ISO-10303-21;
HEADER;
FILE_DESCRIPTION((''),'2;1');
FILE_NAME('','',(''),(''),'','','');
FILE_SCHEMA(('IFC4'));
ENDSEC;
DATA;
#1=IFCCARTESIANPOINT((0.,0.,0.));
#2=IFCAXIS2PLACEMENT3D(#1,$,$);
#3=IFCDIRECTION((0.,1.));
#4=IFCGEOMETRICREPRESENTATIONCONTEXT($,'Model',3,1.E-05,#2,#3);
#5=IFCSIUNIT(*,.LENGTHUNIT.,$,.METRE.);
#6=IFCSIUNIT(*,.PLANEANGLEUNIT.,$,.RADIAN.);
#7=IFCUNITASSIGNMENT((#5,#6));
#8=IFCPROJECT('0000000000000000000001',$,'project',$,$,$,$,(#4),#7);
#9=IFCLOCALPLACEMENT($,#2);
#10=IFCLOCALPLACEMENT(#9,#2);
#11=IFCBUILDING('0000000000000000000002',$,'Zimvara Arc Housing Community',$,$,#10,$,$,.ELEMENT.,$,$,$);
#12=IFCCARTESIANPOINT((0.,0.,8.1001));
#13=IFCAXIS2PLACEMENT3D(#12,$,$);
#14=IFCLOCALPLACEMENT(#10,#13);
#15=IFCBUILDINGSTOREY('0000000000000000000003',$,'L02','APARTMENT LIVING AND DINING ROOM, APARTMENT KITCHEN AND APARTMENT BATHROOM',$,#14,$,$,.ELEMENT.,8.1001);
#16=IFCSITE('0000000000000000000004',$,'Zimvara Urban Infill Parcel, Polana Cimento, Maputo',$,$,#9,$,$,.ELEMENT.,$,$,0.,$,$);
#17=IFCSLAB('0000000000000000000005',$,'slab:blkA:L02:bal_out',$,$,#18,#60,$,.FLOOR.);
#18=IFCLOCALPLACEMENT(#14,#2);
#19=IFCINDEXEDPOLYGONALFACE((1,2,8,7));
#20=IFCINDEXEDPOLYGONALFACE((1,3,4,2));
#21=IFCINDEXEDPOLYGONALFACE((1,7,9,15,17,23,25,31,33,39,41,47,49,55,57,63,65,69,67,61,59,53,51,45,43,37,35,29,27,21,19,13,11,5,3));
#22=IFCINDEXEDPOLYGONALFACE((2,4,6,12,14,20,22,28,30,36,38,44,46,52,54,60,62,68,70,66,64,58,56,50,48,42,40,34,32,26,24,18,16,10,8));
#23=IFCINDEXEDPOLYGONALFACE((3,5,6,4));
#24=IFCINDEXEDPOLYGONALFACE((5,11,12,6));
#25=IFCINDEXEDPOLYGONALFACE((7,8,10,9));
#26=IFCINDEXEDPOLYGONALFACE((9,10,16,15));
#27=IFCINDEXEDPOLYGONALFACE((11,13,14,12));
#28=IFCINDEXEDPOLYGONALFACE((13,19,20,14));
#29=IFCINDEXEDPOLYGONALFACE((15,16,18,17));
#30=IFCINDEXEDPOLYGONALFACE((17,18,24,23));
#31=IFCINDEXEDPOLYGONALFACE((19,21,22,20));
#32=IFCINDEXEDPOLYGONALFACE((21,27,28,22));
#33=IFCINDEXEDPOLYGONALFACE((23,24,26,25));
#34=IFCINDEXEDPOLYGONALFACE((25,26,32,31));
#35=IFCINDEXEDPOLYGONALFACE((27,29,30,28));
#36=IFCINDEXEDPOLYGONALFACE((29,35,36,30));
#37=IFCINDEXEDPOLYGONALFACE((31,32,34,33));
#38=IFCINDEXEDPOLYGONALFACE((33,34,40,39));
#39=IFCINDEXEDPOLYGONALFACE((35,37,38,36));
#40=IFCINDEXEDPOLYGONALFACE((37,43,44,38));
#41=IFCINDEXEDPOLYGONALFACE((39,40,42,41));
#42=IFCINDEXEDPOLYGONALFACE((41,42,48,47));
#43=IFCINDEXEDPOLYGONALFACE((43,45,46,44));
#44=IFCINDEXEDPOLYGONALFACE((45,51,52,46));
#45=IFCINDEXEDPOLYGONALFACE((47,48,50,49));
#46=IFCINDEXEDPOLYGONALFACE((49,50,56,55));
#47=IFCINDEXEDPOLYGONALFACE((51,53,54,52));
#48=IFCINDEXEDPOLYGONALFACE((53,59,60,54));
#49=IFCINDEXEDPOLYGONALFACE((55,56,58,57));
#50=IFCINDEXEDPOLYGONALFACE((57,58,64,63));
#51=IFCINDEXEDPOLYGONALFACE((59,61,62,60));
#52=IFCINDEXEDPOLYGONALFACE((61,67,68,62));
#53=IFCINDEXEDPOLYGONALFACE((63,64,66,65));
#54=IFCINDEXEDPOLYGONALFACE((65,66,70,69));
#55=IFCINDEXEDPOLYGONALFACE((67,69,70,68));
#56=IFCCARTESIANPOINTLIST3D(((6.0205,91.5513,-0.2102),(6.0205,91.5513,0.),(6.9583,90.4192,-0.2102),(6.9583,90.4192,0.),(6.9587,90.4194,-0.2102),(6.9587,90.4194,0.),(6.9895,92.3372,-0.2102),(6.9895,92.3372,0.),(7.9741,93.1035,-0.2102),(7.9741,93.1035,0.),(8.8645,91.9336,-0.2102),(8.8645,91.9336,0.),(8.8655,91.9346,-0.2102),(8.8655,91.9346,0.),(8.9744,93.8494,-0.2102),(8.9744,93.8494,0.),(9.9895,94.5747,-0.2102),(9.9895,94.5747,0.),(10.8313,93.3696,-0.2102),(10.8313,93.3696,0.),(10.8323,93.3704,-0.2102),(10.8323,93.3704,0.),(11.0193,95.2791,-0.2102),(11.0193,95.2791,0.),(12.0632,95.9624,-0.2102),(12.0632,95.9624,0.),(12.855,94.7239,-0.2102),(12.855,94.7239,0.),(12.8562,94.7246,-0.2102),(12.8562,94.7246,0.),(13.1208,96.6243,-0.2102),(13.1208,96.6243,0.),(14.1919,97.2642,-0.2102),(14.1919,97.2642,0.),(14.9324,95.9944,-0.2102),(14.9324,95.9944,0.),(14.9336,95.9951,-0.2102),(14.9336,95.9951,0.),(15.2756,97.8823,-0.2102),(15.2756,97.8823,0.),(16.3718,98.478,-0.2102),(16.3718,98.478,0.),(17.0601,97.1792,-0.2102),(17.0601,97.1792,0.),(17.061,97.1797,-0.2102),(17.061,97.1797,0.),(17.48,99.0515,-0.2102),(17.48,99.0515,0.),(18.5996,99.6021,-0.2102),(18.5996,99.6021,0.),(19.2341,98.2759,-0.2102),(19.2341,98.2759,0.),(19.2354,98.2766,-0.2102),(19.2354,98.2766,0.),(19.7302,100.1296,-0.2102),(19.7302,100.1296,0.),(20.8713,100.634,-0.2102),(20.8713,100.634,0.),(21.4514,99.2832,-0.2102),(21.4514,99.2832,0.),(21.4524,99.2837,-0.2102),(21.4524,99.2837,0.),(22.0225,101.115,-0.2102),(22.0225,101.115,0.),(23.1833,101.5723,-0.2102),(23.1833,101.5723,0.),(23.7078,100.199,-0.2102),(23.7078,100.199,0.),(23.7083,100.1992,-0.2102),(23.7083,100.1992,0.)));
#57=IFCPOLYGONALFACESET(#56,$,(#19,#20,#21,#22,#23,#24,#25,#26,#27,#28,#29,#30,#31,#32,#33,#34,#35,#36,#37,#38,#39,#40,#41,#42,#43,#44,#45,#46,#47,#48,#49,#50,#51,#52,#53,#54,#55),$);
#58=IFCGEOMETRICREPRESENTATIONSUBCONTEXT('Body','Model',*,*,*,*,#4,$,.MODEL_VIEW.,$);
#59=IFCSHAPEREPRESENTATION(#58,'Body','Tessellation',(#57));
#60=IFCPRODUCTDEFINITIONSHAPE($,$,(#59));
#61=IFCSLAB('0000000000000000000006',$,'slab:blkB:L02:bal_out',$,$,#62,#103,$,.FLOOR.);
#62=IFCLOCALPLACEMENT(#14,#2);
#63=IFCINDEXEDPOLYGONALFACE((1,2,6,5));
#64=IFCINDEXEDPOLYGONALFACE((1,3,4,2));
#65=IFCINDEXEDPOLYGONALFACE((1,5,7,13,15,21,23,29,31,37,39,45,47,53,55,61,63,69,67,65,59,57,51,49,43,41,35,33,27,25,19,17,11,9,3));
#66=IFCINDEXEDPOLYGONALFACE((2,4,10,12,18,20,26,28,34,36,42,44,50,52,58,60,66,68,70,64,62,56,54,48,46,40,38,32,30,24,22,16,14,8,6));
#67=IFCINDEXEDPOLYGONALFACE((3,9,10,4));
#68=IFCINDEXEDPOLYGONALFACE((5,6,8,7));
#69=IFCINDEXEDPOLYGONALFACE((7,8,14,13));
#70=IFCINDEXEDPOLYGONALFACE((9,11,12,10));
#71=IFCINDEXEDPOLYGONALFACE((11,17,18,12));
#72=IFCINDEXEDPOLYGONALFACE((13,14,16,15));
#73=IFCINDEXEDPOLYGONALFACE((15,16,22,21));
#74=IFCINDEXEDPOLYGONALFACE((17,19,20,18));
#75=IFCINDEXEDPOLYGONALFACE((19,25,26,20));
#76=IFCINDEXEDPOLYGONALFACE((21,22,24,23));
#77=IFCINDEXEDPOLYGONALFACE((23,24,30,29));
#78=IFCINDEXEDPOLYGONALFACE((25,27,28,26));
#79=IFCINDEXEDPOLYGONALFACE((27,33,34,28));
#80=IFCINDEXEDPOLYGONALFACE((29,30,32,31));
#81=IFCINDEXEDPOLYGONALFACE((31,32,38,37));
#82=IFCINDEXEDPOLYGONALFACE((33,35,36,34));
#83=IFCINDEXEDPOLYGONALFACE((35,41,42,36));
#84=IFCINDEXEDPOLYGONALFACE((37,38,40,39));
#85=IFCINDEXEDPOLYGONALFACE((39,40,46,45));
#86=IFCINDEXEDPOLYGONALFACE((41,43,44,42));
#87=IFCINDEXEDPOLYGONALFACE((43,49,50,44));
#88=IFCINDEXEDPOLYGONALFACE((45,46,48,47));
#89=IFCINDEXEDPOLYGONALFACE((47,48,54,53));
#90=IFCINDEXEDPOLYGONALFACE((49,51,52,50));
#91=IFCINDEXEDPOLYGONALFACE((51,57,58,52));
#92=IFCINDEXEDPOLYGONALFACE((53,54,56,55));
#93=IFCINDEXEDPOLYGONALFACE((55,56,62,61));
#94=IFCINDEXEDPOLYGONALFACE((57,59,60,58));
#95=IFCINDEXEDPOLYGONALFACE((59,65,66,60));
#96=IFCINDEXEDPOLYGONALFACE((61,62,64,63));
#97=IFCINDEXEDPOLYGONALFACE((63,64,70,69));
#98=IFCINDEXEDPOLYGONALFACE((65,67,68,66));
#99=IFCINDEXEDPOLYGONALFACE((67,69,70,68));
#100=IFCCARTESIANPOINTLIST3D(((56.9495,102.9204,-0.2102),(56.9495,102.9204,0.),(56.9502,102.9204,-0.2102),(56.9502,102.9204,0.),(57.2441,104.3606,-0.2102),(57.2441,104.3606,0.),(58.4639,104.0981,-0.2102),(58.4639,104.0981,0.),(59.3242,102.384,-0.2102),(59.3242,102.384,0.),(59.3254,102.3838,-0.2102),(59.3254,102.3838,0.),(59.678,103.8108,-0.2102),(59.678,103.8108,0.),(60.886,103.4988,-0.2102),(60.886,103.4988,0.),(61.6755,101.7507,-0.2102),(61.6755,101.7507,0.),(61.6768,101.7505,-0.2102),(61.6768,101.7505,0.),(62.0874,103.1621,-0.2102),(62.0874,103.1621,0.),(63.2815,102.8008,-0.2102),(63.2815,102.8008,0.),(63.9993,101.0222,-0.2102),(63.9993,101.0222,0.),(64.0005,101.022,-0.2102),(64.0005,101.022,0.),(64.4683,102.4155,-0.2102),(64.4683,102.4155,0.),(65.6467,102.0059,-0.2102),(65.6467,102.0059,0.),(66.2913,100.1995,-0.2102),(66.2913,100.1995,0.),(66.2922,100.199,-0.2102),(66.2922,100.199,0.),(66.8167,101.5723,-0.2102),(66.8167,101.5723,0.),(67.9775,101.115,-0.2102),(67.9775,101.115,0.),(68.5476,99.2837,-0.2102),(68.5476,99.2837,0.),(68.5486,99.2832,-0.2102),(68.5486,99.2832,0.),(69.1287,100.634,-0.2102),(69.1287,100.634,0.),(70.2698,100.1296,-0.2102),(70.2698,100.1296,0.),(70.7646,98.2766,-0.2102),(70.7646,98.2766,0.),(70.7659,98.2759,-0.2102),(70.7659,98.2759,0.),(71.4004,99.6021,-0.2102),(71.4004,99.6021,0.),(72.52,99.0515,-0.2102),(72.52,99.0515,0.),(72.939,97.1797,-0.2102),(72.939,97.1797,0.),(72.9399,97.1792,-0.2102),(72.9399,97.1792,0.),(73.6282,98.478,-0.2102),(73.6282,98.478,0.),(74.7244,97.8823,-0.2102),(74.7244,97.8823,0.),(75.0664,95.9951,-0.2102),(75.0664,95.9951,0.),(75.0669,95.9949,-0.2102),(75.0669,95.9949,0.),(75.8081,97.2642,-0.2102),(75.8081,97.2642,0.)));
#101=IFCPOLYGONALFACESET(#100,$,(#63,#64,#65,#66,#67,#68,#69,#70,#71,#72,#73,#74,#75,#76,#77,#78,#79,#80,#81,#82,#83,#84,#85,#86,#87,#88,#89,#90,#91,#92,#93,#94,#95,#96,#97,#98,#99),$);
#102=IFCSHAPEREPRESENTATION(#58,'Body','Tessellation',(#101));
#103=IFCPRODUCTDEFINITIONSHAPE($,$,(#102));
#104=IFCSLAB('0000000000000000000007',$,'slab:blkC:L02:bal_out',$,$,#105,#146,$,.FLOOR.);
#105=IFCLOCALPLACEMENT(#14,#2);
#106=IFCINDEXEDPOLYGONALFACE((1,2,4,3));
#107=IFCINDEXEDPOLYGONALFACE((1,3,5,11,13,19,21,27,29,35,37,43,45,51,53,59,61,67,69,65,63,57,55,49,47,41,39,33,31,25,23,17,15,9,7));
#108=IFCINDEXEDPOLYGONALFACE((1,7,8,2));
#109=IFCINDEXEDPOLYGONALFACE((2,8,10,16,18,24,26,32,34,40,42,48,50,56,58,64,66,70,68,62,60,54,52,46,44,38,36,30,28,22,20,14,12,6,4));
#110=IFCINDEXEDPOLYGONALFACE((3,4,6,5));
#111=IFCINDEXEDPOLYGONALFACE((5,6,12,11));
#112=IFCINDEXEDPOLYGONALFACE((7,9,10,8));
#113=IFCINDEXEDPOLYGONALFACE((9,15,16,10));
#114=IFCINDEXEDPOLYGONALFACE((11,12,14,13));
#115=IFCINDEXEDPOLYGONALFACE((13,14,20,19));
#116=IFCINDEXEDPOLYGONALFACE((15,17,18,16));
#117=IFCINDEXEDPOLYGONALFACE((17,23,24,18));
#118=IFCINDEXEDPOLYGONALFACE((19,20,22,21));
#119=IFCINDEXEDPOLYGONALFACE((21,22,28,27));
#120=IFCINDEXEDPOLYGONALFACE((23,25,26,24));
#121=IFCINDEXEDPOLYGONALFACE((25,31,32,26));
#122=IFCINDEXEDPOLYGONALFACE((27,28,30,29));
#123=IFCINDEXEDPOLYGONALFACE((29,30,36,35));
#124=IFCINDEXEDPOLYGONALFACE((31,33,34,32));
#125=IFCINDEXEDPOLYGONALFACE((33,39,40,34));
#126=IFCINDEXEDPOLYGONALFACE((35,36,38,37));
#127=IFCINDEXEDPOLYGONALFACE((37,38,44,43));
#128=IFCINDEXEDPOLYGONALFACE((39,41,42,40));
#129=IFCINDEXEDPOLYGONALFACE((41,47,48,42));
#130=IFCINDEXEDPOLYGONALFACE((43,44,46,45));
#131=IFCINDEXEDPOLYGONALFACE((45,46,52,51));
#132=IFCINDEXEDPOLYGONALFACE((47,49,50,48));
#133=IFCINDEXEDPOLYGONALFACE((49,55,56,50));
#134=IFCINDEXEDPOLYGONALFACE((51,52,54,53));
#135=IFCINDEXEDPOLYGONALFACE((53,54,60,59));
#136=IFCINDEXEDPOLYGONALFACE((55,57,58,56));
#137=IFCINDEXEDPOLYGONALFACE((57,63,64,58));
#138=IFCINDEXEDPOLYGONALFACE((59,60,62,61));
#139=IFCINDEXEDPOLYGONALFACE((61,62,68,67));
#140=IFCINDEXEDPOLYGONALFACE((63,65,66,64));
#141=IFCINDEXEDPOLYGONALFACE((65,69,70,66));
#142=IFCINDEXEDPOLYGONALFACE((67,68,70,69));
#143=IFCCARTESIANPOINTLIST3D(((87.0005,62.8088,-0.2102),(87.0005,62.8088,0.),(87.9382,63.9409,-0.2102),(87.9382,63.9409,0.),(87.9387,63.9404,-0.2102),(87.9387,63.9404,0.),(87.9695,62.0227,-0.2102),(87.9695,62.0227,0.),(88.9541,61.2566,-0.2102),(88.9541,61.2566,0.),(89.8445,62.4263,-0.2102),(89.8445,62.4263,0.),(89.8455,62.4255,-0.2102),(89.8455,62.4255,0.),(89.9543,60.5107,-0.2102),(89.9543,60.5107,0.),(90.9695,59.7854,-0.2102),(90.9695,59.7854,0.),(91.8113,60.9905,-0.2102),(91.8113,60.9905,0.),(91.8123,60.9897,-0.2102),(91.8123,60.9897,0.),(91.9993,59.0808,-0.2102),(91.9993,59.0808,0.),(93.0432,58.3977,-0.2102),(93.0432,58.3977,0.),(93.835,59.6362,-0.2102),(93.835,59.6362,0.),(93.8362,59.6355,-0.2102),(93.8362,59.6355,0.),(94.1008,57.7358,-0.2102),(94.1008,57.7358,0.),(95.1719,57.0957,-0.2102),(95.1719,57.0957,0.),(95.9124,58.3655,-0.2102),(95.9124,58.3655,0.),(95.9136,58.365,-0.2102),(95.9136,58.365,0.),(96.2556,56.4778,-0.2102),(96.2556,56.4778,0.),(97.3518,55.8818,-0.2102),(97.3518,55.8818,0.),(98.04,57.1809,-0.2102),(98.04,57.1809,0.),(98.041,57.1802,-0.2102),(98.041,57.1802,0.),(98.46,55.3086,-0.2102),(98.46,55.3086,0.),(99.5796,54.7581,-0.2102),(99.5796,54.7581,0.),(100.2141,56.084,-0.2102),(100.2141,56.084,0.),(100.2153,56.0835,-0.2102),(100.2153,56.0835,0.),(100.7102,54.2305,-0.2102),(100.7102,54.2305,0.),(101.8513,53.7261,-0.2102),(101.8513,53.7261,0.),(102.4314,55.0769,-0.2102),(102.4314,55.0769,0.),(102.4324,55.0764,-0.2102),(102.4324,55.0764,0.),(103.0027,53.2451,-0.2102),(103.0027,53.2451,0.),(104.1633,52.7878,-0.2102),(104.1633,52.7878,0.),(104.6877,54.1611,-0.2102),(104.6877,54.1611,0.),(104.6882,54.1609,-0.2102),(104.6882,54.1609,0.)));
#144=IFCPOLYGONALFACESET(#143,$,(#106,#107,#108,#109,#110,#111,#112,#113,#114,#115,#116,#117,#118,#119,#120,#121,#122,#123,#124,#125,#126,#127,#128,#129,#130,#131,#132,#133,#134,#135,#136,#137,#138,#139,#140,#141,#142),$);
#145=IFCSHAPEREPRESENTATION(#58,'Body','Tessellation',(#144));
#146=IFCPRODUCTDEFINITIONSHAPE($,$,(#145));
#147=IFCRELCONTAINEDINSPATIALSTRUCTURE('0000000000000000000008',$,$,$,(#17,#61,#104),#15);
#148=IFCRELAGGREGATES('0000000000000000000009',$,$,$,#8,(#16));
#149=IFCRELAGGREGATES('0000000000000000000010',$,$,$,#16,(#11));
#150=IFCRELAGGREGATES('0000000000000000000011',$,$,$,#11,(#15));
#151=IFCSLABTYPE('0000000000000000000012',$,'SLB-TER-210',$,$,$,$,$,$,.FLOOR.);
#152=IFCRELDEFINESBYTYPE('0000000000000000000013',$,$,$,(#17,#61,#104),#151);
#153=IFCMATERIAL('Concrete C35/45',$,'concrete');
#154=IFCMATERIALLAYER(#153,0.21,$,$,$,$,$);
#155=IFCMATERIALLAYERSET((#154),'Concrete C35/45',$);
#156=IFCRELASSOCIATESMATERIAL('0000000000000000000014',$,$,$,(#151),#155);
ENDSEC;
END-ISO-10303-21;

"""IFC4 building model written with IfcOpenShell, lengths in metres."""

from ifc_helpers import new_model, si_unit, direction, frame, origin, place, context, subcontext, project, spatial, polyline, outline, extrude, material, layer, layer_set, type_object, element, save


model = new_model("IFC4")

# Units and contexts
model_context = context("Model", 3, precision=1e-05, world=origin(), true_north=direction((0.0, 1.0)))
body_context = subcontext(model_context, "Body", "Model", "MODEL_VIEW")
ifc_project = project(units=[si_unit("LENGTHUNIT", "METRE"), si_unit("PLANEANGLEUNIT", "RADIAN")], contexts=[model_context])

# Site, building, storey
site_placement = place(None, origin())
site = spatial("IfcSite", under=ifc_project, at=site_placement, Name="Zimvara Urban Infill Parcel, Polana Cimento, Maputo", CompositionType="ELEMENT", RefElevation=0.0)
building_placement = place(site_placement, origin())
building = spatial("IfcBuilding", under=site, at=building_placement, Name="Zimvara Arc Housing Community", CompositionType="ELEMENT")
storey_placement = place(building_placement, frame((0.0, 0.0, 8.1001)))
storey = spatial("IfcBuildingStorey", under=building, at=storey_placement, Name="L02", Description="APARTMENT LIVING AND DINING ROOM, APARTMENT KITCHEN AND APARTMENT BATHROOM", CompositionType="ELEMENT", Elevation=8.1001)

# Slabs
ifc_material_1 = material(Name="Concrete C35/45", Category="concrete")
ifc_layer_1 = layer(ifc_material_1, 0.21)
ifc_layer_set_1 = layer_set([ifc_layer_1], Name="Concrete C35/45")
slab_type_1 = type_object("IfcSlabType", Name="SLB-TER-210", PredefinedType="FLOOR", material=ifc_layer_set_1)
slab_1_placement = place(storey_placement, frame((0.0, 0.0, -0.2102)))
element("IfcSlab", 1, at=slab_1_placement, inside=storey, type_object=slab_type_1, Name="slab:blkA:L02:bal_out", PredefinedType="FLOOR", context=body_context, shape_type="SweptSolid", body=[
    extrude(outline(polyline([(6.0205, 91.5513), (6.9583, 90.4192), (6.9587, 90.4194), (8.8645, 91.9336), (8.8655, 91.9346), (10.8313, 93.3696), (10.8323, 93.3704), (12.855, 94.7239), (12.8562, 94.7246), (14.9324, 95.9944), (14.9336, 95.9951), (17.0601, 97.1792), (17.061, 97.1797), (19.2341, 98.2759), (19.2354, 98.2766), (21.4514, 99.2832), (21.4524, 99.2837), (23.7078, 100.199), (23.7083, 100.1992), (23.1833, 101.5723), (22.0225, 101.115), (20.8713, 100.634), (19.7302, 100.1296), (18.5996, 99.6021), (17.48, 99.0515), (16.3718, 98.478), (15.2756, 97.8823), (14.1919, 97.2642), (13.1208, 96.6243), (12.0632, 95.9624), (11.0193, 95.2791), (9.9895, 94.5747), (8.9744, 93.8494), (7.9741, 93.1035), (6.9895, 92.3372), (6.0205, 91.5513)])), origin(), (0.0, 0.0, 1.0), 0.2102),
])
slab_2_placement = place(storey_placement, frame((0.0, 0.0, -0.2102)))
element("IfcSlab", 2, at=slab_2_placement, inside=storey, type_object=slab_type_1, Name="slab:blkB:L02:bal_out", PredefinedType="FLOOR", context=body_context, shape_type="SweptSolid", body=[
    extrude(outline(polyline([(57.2441, 104.3606), (56.9495, 102.9204), (56.9502, 102.9204), (59.3242, 102.384), (59.3254, 102.3838), (61.6755, 101.7507), (61.6768, 101.7505), (63.9993, 101.0222), (64.0005, 101.022), (66.2913, 100.1995), (66.2922, 100.199), (68.5476, 99.2837), (68.5486, 99.2832), (70.7646, 98.2766), (70.7659, 98.2759), (72.939, 97.1797), (72.9399, 97.1792), (75.0664, 95.9951), (75.0669, 95.9949), (75.8081, 97.2642), (74.7244, 97.8823), (73.6282, 98.478), (72.52, 99.0515), (71.4004, 99.6021), (70.2698, 100.1296), (69.1287, 100.634), (67.9775, 101.115), (66.8167, 101.5723), (65.6467, 102.0059), (64.4683, 102.4155), (63.2815, 102.8008), (62.0874, 103.1621), (60.886, 103.4988), (59.678, 103.8108), (58.4639, 104.0981), (57.2441, 104.3606)])), origin(), (0.0, 0.0, 1.0), 0.2102),
])
slab_3_placement = place(storey_placement, frame((0.0, 0.0, -0.2102)))
element("IfcSlab", 3, at=slab_3_placement, inside=storey, type_object=slab_type_1, Name="slab:blkC:L02:bal_out", PredefinedType="FLOOR", context=body_context, shape_type="SweptSolid", body=[
    extrude(outline(polyline([(104.6882, 54.1609), (104.6877, 54.1611), (102.4324, 55.0764), (102.4314, 55.0769), (100.2153, 56.0835), (100.2141, 56.084), (98.041, 57.1802), (98.04, 57.1809), (95.9136, 58.365), (95.9124, 58.3655), (93.8362, 59.6355), (93.835, 59.6362), (91.8123, 60.9897), (91.8113, 60.9905), (89.8455, 62.4255), (89.8445, 62.4263), (87.9387, 63.9404), (87.9382, 63.9409), (87.0005, 62.8088), (87.9695, 62.0227), (88.9541, 61.2566), (89.9543, 60.5107), (90.9695, 59.7854), (91.9993, 59.0808), (93.0432, 58.3977), (94.1008, 57.7358), (95.1719, 57.0957), (96.2556, 56.4778), (97.3518, 55.8818), (98.46, 55.3086), (99.5796, 54.7581), (100.7102, 54.2305), (101.8513, 53.7261), (103.0027, 53.2451), (104.1633, 52.7878), (104.6882, 54.1609)])), origin(), (0.0, 0.0, 1.0), 0.2102),
])

save(model, "model.ifc")
